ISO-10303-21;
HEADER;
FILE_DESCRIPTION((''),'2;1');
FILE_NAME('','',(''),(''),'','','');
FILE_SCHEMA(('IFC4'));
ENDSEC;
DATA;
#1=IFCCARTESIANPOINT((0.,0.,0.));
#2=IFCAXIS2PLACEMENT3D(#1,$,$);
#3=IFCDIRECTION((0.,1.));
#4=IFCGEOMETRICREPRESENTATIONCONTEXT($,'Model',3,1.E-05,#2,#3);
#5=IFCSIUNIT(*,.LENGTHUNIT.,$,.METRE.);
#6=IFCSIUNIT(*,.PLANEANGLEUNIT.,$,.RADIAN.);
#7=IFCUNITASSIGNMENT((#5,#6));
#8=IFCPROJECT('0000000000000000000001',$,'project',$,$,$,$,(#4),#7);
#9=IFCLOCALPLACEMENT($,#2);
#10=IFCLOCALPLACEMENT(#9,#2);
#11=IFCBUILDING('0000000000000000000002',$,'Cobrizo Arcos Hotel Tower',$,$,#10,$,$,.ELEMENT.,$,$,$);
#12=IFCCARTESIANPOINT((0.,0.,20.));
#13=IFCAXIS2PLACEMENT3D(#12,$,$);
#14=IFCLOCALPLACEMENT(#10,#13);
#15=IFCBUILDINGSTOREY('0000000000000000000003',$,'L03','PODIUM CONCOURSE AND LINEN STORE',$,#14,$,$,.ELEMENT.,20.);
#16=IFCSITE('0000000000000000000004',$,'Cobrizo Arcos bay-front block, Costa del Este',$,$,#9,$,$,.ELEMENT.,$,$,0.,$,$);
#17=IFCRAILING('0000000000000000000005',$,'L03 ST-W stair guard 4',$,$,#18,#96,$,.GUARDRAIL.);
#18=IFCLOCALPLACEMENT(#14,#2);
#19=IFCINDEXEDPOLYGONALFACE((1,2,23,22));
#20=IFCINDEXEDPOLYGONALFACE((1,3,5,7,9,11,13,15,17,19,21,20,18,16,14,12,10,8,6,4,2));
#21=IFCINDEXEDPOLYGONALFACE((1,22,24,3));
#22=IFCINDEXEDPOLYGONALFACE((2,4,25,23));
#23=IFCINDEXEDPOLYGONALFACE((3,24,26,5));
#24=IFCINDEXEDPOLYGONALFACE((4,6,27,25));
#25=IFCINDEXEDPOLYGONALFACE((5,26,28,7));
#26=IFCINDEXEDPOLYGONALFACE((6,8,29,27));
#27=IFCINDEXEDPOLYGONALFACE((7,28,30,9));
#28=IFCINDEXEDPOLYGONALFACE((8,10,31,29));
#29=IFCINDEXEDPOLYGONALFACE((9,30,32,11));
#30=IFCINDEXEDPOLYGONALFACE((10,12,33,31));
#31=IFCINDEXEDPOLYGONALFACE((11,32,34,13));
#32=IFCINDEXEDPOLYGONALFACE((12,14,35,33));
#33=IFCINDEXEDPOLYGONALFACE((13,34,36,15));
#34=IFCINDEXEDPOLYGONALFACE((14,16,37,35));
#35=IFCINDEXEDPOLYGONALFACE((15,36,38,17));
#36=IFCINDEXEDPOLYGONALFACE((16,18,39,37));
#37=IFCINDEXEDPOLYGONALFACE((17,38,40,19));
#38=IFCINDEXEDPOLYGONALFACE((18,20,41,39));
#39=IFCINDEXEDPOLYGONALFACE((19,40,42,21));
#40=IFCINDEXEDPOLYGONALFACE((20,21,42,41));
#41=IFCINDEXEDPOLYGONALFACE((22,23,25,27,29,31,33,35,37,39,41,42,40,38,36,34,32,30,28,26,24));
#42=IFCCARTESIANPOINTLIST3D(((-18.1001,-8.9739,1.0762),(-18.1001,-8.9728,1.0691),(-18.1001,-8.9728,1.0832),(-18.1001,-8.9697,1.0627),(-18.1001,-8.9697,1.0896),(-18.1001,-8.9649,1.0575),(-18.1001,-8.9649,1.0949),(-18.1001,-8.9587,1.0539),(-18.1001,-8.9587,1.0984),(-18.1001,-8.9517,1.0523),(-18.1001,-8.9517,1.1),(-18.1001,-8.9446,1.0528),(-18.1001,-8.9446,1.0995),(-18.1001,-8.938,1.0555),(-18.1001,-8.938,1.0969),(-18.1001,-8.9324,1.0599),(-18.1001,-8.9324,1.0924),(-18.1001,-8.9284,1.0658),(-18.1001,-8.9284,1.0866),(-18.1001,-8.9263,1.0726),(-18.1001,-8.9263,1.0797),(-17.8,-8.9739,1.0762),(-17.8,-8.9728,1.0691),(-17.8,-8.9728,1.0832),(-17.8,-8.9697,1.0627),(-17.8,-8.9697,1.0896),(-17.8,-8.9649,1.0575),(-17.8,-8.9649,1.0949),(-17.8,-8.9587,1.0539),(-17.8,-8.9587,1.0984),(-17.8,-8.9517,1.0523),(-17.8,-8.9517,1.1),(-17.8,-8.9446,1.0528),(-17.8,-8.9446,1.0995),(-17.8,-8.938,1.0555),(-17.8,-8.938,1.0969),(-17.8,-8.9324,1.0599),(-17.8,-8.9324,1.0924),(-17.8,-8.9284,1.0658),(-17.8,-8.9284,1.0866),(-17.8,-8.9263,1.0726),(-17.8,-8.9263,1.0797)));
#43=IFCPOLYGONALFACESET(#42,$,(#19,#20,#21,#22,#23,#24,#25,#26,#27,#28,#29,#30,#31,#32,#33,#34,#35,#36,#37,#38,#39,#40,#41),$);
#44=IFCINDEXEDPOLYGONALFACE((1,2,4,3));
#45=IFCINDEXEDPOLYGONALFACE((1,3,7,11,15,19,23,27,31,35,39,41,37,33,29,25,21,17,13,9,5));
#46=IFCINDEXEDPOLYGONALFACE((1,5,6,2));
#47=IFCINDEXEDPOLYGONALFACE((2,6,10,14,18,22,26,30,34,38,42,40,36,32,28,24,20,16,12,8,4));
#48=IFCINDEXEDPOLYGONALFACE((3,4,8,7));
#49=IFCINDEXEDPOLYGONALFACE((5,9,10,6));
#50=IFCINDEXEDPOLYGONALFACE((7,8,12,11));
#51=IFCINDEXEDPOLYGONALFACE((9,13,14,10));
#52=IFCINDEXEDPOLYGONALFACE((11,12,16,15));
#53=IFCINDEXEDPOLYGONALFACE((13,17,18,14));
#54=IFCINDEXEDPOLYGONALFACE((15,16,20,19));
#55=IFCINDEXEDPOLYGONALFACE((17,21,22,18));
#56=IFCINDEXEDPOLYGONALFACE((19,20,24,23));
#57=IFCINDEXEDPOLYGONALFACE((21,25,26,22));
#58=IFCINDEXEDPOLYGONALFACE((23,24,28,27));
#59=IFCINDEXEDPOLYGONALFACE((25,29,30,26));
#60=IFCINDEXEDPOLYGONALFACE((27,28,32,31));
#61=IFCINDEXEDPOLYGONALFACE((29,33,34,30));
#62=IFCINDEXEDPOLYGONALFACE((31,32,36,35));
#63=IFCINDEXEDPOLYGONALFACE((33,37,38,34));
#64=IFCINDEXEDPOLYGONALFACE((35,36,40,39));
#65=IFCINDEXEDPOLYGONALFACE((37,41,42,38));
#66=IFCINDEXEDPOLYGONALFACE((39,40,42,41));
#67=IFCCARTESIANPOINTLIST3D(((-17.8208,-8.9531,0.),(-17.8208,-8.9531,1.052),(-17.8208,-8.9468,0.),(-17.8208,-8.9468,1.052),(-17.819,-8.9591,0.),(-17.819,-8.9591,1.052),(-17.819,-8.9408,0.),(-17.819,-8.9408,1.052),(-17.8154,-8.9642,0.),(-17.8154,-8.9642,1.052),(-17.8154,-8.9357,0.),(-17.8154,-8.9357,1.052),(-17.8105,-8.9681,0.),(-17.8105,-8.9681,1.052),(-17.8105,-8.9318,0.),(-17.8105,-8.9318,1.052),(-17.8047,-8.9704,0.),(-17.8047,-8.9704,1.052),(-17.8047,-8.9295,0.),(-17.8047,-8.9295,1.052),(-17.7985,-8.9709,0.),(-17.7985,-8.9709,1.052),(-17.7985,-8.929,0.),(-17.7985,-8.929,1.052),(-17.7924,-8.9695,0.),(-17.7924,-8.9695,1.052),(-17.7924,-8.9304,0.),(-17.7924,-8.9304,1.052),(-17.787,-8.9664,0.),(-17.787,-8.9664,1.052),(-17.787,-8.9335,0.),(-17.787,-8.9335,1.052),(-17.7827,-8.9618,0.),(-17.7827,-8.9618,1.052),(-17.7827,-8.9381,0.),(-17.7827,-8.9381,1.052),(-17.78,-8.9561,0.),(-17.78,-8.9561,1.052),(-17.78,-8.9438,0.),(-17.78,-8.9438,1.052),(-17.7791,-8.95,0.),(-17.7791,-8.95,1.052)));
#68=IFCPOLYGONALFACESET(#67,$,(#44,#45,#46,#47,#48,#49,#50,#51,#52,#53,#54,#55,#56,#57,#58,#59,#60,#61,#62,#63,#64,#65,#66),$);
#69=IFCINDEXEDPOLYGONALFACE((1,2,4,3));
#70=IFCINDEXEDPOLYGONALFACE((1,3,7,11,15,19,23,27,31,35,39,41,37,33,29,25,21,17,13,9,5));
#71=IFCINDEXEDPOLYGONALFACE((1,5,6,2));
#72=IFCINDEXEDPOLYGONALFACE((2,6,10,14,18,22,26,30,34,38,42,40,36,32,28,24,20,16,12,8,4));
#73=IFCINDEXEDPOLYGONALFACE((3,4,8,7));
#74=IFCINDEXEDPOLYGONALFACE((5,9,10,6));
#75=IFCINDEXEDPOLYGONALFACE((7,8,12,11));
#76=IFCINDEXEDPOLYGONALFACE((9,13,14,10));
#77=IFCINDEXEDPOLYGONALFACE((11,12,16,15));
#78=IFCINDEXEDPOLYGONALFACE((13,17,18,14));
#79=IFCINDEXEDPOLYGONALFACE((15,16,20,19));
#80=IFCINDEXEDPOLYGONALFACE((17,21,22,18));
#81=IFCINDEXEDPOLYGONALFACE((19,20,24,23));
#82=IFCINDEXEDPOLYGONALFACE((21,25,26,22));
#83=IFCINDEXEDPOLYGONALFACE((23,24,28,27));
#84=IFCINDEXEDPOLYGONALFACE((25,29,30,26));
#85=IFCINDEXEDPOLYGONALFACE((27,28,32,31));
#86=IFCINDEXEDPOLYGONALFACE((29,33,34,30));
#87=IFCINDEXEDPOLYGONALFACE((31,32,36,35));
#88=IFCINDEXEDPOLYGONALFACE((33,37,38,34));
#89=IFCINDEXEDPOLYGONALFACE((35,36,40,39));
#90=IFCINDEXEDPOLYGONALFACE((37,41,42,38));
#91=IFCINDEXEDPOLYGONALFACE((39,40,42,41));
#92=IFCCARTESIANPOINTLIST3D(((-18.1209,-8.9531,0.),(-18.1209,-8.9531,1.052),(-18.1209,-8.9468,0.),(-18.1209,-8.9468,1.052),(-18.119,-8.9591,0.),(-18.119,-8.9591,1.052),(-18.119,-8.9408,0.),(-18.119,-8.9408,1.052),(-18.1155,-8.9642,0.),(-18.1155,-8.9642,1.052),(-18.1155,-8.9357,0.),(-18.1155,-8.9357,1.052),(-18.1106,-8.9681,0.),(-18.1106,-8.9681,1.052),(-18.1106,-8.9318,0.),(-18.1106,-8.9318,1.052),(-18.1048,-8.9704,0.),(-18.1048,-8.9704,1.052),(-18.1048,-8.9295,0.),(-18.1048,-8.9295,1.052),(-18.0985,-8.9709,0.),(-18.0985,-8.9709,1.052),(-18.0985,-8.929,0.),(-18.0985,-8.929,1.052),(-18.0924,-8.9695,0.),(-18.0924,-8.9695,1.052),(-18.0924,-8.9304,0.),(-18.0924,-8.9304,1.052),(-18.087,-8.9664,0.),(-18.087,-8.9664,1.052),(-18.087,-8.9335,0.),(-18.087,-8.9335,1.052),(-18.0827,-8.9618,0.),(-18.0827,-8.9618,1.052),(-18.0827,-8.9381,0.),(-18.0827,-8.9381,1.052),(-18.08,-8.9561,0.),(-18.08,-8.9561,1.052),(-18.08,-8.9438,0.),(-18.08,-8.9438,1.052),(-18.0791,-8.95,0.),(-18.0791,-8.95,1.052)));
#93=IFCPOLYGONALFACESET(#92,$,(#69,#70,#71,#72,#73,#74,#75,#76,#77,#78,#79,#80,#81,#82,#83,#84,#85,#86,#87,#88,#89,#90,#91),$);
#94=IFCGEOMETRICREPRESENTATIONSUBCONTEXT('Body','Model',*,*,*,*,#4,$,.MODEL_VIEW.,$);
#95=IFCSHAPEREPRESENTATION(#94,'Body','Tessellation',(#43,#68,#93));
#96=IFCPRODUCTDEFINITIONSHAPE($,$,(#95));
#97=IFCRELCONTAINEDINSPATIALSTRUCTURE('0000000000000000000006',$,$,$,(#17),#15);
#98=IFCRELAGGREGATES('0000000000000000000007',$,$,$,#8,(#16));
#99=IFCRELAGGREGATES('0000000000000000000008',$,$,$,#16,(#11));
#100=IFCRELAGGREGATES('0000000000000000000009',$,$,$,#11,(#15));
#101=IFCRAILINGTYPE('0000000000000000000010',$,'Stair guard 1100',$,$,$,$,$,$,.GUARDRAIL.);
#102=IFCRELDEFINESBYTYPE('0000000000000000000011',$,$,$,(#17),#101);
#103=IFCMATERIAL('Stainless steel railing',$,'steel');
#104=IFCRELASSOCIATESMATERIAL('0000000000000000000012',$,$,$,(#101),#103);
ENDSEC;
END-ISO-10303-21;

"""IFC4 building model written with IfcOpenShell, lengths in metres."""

from ifc_helpers import new_model, si_unit, direction, frame, origin, origin_2d, place, context, subcontext, project, spatial, circle, extrude, material, type_object, element, save


model = new_model("IFC4")

# Units and contexts
model_context = context("Model", 3, precision=1e-05, world=origin(), true_north=direction((0.0, 1.0)))
body_context = subcontext(model_context, "Body", "Model", "MODEL_VIEW")
ifc_project = project(units=[si_unit("LENGTHUNIT", "METRE"), si_unit("PLANEANGLEUNIT", "RADIAN")], contexts=[model_context])

# Site, building, storey
site_placement = place(None, origin())
site = spatial("IfcSite", under=ifc_project, at=site_placement, Name="Cobrizo Arcos bay-front block, Costa del Este", CompositionType="ELEMENT", RefElevation=0.0)
building_placement = place(site_placement, origin())
building = spatial("IfcBuilding", under=site, at=building_placement, Name="Cobrizo Arcos Hotel Tower", CompositionType="ELEMENT")
storey_placement = place(building_placement, frame((0.0, 0.0, 20.0)))
storey = spatial("IfcBuildingStorey", under=building, at=storey_placement, Name="L03", Description="PODIUM CONCOURSE AND LINEN STORE", CompositionType="ELEMENT", Elevation=20.0)

# Railing
ifc_material_1 = material(Name="Stainless steel railing", Category="steel")
railing_type_1 = type_object("IfcRailingType", Name="Stair guard 1100", PredefinedType="GUARDRAIL", material=ifc_material_1)
railing_1_placement = place(storey_placement, frame((-17.8, -8.95, 0.0)))
element("IfcRailing", 1, at=railing_1_placement, inside=storey, type_object=railing_type_1, Name="L03 ST-W stair guard 4", PredefinedType="GUARDRAIL", context=body_context, shape_type="SweptSolid", body=[
    extrude(circle(Radius=0.0239, at=origin_2d()), frame((0.0, 0.0, 1.0762), z_axis=(-1.0, 0.0, 0.0), x_axis=(0.0, -1.0, 0.0)), (0.0, 0.0, 1.0), 0.3),
    extrude(circle(Radius=0.021, at=origin_2d()), origin(), (0.0, 0.0, 1.0), 1.052),
    extrude(circle(Radius=0.021, at=origin_2d()), frame((-0.3, 0.0, 0.0)), (0.0, 0.0, 1.0), 1.052),
])

save(model, "model.ifc")
